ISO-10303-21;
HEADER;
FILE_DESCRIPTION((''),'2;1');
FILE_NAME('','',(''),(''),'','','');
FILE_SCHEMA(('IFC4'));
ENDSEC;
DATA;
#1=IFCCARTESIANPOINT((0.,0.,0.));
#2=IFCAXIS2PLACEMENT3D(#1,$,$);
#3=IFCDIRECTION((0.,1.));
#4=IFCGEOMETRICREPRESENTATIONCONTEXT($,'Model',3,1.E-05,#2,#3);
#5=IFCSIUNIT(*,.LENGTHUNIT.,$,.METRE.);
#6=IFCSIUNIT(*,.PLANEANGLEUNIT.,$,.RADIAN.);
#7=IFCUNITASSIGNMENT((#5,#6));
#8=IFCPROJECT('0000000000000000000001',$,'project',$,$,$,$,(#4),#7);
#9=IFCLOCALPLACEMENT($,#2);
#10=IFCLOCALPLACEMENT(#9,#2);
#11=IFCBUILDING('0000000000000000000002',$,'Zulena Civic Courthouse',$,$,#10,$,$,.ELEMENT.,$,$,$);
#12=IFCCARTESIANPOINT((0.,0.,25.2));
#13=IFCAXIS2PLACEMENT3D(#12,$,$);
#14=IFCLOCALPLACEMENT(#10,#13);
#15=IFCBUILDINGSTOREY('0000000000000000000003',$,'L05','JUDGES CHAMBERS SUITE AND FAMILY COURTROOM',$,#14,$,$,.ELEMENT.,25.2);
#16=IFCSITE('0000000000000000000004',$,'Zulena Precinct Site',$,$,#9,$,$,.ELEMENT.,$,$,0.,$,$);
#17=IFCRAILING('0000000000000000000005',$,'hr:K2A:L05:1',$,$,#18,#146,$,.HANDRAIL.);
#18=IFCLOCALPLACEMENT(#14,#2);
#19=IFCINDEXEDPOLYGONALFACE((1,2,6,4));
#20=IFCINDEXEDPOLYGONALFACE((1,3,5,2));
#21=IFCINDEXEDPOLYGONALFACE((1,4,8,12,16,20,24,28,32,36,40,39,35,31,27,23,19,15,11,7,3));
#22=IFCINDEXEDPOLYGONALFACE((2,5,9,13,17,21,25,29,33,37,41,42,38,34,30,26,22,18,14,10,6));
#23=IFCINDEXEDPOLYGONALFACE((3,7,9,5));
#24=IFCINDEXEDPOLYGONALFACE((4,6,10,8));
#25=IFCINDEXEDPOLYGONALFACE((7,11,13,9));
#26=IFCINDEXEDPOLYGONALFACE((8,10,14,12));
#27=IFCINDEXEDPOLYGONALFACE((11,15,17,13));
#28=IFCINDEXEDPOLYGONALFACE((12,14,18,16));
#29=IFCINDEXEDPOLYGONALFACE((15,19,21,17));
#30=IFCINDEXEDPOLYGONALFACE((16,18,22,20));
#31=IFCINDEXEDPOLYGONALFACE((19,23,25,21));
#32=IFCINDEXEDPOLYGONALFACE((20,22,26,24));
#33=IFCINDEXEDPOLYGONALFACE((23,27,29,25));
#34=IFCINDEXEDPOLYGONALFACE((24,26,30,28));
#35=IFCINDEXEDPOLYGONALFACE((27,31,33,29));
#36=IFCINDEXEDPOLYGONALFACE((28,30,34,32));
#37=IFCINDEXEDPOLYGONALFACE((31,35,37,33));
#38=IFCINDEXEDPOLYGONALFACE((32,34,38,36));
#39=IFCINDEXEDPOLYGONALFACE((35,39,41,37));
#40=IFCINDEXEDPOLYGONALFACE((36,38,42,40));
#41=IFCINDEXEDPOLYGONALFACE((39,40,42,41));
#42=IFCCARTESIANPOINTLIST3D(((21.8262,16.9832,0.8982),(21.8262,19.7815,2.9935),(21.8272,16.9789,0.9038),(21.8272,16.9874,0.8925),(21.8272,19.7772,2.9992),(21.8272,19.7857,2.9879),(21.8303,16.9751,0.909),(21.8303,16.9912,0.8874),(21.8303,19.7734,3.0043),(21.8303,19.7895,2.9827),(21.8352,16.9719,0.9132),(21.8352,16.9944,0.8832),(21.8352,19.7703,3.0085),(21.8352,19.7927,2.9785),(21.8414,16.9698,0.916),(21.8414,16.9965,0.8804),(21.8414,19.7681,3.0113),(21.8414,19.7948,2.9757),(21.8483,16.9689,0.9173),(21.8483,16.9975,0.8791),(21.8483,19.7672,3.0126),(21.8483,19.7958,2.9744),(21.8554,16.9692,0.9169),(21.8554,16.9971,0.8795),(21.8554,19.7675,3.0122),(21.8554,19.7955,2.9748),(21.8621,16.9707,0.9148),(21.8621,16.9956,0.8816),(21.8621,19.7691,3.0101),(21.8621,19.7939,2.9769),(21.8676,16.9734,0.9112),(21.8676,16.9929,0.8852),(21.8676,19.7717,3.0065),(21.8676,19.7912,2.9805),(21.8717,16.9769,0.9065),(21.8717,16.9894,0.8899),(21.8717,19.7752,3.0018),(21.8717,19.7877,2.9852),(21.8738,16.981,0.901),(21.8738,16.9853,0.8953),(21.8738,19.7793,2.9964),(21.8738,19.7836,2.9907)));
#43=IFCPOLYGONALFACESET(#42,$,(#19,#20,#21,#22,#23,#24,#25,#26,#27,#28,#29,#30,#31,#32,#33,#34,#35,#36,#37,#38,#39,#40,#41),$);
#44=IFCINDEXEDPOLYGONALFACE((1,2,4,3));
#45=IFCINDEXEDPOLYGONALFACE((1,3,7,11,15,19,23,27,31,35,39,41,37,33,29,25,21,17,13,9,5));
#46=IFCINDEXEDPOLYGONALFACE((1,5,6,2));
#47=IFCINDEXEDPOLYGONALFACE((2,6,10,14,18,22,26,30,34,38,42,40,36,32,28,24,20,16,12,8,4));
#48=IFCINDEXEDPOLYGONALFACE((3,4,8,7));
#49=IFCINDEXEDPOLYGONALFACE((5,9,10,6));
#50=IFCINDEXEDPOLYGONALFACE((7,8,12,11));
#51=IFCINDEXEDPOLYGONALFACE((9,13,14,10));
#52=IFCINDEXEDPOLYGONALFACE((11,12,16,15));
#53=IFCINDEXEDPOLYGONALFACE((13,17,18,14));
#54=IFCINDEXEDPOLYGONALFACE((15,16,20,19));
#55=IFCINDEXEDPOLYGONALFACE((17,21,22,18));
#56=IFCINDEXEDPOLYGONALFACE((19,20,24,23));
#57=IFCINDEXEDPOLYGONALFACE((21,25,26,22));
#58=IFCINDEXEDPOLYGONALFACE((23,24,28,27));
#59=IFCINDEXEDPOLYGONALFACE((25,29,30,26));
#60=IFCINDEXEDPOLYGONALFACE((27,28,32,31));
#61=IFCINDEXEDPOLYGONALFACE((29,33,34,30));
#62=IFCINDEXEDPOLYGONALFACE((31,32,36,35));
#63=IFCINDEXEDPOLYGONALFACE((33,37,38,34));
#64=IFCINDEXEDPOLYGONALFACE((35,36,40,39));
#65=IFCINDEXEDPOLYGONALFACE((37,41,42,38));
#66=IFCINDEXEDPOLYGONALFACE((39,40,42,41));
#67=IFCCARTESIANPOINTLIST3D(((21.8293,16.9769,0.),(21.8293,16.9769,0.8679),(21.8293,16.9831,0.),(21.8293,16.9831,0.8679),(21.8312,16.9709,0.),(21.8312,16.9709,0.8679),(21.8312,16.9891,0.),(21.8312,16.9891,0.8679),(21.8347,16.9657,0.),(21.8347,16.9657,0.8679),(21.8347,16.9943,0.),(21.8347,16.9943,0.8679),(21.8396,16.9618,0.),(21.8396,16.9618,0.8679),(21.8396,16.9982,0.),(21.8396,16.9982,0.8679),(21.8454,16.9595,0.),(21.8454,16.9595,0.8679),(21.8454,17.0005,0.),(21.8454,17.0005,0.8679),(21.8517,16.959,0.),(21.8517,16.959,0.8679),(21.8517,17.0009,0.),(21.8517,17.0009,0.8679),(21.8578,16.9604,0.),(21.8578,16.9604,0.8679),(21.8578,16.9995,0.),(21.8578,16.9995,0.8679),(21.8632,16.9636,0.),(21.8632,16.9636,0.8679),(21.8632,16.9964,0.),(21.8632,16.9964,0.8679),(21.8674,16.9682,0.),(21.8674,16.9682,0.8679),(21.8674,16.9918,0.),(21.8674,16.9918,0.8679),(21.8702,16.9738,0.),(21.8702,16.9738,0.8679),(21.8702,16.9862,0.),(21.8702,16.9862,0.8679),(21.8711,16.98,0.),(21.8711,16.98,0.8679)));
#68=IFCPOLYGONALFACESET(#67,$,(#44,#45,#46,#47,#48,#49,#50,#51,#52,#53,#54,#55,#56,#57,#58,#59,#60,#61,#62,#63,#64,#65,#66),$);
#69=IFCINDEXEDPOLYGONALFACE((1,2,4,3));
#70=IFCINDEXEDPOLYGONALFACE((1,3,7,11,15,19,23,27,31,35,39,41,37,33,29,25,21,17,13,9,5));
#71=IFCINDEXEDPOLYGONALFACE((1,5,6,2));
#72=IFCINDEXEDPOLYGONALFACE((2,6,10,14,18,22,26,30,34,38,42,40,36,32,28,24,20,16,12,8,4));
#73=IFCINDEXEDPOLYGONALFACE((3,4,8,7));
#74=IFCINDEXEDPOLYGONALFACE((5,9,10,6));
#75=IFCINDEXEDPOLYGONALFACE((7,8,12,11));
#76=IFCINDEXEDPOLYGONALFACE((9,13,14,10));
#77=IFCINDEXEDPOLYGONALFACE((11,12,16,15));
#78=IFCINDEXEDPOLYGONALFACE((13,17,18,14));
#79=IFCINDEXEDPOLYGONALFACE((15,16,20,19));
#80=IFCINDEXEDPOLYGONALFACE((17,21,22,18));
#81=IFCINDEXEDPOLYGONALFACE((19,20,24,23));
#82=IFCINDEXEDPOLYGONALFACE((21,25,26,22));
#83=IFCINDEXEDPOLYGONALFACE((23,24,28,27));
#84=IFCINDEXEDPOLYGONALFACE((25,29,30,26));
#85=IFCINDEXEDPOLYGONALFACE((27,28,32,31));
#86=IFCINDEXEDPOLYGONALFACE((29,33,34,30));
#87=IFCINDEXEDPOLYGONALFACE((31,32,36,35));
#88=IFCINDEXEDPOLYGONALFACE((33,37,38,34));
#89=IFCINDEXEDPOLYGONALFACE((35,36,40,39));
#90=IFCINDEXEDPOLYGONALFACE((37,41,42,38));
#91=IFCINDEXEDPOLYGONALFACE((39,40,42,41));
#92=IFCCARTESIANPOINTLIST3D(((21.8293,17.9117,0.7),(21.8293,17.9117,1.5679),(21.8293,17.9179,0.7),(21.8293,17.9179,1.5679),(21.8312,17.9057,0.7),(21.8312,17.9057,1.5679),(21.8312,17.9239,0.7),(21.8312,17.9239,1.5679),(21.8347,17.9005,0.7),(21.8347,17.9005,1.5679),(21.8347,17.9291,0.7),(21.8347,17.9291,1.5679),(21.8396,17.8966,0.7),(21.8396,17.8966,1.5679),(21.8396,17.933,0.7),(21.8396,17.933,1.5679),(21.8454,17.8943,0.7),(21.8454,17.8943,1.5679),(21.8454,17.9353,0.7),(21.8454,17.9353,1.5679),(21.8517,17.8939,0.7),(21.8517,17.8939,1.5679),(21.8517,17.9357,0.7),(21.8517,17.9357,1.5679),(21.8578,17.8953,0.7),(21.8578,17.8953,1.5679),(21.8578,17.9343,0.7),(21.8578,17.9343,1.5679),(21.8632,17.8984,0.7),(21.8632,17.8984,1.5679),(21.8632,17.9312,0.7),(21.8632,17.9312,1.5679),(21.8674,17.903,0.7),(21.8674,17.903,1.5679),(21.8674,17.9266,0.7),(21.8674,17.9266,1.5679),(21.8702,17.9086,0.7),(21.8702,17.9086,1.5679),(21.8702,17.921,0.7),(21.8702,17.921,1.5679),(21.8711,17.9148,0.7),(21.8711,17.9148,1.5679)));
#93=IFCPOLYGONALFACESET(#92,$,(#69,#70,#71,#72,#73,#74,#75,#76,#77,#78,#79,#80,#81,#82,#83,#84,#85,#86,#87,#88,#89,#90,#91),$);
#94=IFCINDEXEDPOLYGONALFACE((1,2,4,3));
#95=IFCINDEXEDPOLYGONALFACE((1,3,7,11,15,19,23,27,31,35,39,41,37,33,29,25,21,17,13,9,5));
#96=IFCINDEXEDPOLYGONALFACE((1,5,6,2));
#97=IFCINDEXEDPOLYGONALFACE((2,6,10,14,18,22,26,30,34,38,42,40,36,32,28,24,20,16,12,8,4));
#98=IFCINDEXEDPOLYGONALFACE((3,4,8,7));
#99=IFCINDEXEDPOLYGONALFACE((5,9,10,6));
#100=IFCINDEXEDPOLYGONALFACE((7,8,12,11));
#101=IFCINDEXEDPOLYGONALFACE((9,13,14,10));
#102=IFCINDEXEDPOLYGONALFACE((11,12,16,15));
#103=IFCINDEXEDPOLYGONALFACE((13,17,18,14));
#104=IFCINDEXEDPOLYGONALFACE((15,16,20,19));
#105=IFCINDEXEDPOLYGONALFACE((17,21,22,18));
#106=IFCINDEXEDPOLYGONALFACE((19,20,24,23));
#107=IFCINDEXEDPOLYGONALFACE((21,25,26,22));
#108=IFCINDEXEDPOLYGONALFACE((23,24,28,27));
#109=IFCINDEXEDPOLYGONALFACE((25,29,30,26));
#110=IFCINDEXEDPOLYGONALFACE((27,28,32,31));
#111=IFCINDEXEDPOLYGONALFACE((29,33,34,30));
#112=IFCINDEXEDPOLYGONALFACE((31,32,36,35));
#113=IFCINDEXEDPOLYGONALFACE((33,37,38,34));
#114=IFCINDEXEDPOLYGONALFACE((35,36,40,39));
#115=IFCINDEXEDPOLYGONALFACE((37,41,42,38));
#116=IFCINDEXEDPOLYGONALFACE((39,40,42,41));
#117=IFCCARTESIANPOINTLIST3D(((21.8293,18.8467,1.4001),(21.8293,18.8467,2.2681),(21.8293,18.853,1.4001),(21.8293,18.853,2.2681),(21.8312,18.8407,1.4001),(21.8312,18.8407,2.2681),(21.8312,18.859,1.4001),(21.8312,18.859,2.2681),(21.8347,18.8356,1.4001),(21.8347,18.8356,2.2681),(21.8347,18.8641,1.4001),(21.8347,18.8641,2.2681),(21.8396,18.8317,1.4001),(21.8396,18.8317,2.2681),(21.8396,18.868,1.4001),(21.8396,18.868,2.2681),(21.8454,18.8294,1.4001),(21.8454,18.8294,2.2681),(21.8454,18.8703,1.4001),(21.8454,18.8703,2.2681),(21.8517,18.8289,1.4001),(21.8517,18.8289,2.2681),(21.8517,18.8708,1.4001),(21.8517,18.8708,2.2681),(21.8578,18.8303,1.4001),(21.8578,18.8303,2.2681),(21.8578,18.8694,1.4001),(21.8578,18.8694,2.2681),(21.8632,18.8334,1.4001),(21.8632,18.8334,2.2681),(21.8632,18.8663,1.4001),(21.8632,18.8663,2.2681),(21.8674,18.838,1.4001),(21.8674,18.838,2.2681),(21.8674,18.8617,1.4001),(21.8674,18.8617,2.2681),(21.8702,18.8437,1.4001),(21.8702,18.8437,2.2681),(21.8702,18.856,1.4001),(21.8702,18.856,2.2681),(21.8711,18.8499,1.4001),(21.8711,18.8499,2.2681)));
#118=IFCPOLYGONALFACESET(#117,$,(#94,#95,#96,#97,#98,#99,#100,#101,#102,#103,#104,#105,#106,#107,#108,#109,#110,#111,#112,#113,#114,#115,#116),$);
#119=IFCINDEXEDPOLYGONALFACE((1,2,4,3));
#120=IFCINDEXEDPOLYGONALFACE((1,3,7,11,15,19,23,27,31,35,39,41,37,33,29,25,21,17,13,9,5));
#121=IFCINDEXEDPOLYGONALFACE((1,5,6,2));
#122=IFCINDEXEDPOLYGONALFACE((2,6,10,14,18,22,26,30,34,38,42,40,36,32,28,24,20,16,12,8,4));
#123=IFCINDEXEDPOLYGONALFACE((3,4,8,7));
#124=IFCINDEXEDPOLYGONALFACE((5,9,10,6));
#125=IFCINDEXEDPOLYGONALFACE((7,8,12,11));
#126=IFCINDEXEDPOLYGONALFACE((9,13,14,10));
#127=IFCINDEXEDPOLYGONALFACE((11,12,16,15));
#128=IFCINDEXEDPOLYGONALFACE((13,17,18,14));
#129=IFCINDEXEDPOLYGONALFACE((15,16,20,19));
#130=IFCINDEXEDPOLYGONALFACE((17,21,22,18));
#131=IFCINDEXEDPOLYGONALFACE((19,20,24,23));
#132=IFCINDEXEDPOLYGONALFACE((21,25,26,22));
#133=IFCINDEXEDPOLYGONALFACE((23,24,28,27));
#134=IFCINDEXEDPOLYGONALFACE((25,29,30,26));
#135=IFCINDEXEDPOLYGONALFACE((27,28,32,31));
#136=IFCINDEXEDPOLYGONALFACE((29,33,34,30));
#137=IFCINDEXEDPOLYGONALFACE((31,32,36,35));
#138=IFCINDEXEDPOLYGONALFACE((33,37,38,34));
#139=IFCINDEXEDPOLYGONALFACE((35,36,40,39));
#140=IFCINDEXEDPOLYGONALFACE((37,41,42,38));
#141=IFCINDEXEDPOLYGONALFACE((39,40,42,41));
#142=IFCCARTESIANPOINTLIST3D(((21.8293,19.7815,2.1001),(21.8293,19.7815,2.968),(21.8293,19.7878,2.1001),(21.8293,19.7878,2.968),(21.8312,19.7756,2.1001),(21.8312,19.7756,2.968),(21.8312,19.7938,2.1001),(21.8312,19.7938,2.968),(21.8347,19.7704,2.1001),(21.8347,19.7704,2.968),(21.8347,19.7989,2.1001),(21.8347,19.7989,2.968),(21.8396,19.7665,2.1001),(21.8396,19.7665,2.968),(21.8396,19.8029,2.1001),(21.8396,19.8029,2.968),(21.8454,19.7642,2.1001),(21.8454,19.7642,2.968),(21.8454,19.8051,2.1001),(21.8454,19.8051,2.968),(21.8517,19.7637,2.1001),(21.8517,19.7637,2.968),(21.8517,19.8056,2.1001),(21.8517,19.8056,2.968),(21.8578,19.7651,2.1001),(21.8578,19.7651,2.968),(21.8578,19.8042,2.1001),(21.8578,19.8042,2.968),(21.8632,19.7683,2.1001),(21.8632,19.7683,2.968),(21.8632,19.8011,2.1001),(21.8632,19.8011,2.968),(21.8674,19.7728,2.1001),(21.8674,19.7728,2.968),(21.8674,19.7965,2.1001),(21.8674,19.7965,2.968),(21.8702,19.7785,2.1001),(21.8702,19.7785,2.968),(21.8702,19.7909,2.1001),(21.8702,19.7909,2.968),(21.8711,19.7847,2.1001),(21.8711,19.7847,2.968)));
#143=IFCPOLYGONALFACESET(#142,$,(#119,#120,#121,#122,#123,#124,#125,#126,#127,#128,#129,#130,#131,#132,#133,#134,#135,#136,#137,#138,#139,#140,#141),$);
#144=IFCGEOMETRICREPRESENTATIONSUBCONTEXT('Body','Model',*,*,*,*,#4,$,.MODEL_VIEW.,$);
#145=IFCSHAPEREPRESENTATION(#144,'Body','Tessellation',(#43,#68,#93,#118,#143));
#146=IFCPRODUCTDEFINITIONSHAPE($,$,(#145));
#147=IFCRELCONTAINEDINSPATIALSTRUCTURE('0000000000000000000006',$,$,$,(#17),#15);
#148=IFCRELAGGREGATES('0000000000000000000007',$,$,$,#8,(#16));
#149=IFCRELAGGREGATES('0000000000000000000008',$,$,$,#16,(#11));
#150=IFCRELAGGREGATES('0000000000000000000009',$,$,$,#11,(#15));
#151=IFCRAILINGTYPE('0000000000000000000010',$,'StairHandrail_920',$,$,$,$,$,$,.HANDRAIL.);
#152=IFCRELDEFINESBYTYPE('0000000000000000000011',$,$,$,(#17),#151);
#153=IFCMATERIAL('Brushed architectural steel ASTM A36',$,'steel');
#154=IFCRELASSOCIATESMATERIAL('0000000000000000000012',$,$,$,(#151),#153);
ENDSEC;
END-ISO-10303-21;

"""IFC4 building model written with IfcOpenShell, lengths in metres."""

from ifc_helpers import new_model, si_unit, direction, frame, origin, origin_2d, place, context, subcontext, project, spatial, circle, extrude, material, type_object, element, save


model = new_model("IFC4")

# Units and contexts
model_context = context("Model", 3, precision=1e-05, world=origin(), true_north=direction((0.0, 1.0)))
body_context = subcontext(model_context, "Body", "Model", "MODEL_VIEW")
ifc_project = project(units=[si_unit("LENGTHUNIT", "METRE"), si_unit("PLANEANGLEUNIT", "RADIAN")], contexts=[model_context])

# Site, building, storey
site_placement = place(None, origin())
site = spatial("IfcSite", under=ifc_project, at=site_placement, Name="Zulena Precinct Site", CompositionType="ELEMENT", RefElevation=0.0)
building_placement = place(site_placement, origin())
building = spatial("IfcBuilding", under=site, at=building_placement, Name="Zulena Civic Courthouse", CompositionType="ELEMENT")
storey_placement = place(building_placement, frame((0.0, 0.0, 25.2)))
storey = spatial("IfcBuildingStorey", under=building, at=storey_placement, Name="L05", Description="JUDGES CHAMBERS SUITE AND FAMILY COURTROOM", CompositionType="ELEMENT", Elevation=25.2)

# Railing
ifc_material_1 = material(Name="Brushed architectural steel ASTM A36", Category="steel")
railing_type_1 = type_object("IfcRailingType", Name="StairHandrail_920", PredefinedType="HANDRAIL", material=ifc_material_1)
railing_1_placement = place(storey_placement, frame((21.8501, 16.98, 0.0)))
element("IfcRailing", 1, at=railing_1_placement, inside=storey, type_object=railing_type_1, Name="hr:K2A:L05:1", PredefinedType="HANDRAIL", context=body_context, shape_type="SweptSolid", body=[
    extrude(circle(Radius=0.0239, at=origin_2d()), frame((0.0, 0.0032, 0.8982), z_axis=(0.0, 0.800468, 0.599375), x_axis=(-1.0, 0.0, 0.0)), (0.0, 0.0, 1.0), 3.4958),
    extrude(circle(Radius=0.021, at=origin_2d()), origin(), (0.0, 0.0, 1.0), 0.8679),
    extrude(circle(Radius=0.021, at=origin_2d()), frame((0.0, 0.9348, 0.7)), (0.0, 0.0, 1.0), 0.8679),
    extrude(circle(Radius=0.021, at=origin_2d()), frame((0.0, 1.8699, 1.4001)), (0.0, 0.0, 1.0), 0.8679),
    extrude(circle(Radius=0.021, at=origin_2d()), frame((0.0, 2.8047, 2.1001)), (0.0, 0.0, 1.0), 0.8679),
])

save(model, "model.ifc")
